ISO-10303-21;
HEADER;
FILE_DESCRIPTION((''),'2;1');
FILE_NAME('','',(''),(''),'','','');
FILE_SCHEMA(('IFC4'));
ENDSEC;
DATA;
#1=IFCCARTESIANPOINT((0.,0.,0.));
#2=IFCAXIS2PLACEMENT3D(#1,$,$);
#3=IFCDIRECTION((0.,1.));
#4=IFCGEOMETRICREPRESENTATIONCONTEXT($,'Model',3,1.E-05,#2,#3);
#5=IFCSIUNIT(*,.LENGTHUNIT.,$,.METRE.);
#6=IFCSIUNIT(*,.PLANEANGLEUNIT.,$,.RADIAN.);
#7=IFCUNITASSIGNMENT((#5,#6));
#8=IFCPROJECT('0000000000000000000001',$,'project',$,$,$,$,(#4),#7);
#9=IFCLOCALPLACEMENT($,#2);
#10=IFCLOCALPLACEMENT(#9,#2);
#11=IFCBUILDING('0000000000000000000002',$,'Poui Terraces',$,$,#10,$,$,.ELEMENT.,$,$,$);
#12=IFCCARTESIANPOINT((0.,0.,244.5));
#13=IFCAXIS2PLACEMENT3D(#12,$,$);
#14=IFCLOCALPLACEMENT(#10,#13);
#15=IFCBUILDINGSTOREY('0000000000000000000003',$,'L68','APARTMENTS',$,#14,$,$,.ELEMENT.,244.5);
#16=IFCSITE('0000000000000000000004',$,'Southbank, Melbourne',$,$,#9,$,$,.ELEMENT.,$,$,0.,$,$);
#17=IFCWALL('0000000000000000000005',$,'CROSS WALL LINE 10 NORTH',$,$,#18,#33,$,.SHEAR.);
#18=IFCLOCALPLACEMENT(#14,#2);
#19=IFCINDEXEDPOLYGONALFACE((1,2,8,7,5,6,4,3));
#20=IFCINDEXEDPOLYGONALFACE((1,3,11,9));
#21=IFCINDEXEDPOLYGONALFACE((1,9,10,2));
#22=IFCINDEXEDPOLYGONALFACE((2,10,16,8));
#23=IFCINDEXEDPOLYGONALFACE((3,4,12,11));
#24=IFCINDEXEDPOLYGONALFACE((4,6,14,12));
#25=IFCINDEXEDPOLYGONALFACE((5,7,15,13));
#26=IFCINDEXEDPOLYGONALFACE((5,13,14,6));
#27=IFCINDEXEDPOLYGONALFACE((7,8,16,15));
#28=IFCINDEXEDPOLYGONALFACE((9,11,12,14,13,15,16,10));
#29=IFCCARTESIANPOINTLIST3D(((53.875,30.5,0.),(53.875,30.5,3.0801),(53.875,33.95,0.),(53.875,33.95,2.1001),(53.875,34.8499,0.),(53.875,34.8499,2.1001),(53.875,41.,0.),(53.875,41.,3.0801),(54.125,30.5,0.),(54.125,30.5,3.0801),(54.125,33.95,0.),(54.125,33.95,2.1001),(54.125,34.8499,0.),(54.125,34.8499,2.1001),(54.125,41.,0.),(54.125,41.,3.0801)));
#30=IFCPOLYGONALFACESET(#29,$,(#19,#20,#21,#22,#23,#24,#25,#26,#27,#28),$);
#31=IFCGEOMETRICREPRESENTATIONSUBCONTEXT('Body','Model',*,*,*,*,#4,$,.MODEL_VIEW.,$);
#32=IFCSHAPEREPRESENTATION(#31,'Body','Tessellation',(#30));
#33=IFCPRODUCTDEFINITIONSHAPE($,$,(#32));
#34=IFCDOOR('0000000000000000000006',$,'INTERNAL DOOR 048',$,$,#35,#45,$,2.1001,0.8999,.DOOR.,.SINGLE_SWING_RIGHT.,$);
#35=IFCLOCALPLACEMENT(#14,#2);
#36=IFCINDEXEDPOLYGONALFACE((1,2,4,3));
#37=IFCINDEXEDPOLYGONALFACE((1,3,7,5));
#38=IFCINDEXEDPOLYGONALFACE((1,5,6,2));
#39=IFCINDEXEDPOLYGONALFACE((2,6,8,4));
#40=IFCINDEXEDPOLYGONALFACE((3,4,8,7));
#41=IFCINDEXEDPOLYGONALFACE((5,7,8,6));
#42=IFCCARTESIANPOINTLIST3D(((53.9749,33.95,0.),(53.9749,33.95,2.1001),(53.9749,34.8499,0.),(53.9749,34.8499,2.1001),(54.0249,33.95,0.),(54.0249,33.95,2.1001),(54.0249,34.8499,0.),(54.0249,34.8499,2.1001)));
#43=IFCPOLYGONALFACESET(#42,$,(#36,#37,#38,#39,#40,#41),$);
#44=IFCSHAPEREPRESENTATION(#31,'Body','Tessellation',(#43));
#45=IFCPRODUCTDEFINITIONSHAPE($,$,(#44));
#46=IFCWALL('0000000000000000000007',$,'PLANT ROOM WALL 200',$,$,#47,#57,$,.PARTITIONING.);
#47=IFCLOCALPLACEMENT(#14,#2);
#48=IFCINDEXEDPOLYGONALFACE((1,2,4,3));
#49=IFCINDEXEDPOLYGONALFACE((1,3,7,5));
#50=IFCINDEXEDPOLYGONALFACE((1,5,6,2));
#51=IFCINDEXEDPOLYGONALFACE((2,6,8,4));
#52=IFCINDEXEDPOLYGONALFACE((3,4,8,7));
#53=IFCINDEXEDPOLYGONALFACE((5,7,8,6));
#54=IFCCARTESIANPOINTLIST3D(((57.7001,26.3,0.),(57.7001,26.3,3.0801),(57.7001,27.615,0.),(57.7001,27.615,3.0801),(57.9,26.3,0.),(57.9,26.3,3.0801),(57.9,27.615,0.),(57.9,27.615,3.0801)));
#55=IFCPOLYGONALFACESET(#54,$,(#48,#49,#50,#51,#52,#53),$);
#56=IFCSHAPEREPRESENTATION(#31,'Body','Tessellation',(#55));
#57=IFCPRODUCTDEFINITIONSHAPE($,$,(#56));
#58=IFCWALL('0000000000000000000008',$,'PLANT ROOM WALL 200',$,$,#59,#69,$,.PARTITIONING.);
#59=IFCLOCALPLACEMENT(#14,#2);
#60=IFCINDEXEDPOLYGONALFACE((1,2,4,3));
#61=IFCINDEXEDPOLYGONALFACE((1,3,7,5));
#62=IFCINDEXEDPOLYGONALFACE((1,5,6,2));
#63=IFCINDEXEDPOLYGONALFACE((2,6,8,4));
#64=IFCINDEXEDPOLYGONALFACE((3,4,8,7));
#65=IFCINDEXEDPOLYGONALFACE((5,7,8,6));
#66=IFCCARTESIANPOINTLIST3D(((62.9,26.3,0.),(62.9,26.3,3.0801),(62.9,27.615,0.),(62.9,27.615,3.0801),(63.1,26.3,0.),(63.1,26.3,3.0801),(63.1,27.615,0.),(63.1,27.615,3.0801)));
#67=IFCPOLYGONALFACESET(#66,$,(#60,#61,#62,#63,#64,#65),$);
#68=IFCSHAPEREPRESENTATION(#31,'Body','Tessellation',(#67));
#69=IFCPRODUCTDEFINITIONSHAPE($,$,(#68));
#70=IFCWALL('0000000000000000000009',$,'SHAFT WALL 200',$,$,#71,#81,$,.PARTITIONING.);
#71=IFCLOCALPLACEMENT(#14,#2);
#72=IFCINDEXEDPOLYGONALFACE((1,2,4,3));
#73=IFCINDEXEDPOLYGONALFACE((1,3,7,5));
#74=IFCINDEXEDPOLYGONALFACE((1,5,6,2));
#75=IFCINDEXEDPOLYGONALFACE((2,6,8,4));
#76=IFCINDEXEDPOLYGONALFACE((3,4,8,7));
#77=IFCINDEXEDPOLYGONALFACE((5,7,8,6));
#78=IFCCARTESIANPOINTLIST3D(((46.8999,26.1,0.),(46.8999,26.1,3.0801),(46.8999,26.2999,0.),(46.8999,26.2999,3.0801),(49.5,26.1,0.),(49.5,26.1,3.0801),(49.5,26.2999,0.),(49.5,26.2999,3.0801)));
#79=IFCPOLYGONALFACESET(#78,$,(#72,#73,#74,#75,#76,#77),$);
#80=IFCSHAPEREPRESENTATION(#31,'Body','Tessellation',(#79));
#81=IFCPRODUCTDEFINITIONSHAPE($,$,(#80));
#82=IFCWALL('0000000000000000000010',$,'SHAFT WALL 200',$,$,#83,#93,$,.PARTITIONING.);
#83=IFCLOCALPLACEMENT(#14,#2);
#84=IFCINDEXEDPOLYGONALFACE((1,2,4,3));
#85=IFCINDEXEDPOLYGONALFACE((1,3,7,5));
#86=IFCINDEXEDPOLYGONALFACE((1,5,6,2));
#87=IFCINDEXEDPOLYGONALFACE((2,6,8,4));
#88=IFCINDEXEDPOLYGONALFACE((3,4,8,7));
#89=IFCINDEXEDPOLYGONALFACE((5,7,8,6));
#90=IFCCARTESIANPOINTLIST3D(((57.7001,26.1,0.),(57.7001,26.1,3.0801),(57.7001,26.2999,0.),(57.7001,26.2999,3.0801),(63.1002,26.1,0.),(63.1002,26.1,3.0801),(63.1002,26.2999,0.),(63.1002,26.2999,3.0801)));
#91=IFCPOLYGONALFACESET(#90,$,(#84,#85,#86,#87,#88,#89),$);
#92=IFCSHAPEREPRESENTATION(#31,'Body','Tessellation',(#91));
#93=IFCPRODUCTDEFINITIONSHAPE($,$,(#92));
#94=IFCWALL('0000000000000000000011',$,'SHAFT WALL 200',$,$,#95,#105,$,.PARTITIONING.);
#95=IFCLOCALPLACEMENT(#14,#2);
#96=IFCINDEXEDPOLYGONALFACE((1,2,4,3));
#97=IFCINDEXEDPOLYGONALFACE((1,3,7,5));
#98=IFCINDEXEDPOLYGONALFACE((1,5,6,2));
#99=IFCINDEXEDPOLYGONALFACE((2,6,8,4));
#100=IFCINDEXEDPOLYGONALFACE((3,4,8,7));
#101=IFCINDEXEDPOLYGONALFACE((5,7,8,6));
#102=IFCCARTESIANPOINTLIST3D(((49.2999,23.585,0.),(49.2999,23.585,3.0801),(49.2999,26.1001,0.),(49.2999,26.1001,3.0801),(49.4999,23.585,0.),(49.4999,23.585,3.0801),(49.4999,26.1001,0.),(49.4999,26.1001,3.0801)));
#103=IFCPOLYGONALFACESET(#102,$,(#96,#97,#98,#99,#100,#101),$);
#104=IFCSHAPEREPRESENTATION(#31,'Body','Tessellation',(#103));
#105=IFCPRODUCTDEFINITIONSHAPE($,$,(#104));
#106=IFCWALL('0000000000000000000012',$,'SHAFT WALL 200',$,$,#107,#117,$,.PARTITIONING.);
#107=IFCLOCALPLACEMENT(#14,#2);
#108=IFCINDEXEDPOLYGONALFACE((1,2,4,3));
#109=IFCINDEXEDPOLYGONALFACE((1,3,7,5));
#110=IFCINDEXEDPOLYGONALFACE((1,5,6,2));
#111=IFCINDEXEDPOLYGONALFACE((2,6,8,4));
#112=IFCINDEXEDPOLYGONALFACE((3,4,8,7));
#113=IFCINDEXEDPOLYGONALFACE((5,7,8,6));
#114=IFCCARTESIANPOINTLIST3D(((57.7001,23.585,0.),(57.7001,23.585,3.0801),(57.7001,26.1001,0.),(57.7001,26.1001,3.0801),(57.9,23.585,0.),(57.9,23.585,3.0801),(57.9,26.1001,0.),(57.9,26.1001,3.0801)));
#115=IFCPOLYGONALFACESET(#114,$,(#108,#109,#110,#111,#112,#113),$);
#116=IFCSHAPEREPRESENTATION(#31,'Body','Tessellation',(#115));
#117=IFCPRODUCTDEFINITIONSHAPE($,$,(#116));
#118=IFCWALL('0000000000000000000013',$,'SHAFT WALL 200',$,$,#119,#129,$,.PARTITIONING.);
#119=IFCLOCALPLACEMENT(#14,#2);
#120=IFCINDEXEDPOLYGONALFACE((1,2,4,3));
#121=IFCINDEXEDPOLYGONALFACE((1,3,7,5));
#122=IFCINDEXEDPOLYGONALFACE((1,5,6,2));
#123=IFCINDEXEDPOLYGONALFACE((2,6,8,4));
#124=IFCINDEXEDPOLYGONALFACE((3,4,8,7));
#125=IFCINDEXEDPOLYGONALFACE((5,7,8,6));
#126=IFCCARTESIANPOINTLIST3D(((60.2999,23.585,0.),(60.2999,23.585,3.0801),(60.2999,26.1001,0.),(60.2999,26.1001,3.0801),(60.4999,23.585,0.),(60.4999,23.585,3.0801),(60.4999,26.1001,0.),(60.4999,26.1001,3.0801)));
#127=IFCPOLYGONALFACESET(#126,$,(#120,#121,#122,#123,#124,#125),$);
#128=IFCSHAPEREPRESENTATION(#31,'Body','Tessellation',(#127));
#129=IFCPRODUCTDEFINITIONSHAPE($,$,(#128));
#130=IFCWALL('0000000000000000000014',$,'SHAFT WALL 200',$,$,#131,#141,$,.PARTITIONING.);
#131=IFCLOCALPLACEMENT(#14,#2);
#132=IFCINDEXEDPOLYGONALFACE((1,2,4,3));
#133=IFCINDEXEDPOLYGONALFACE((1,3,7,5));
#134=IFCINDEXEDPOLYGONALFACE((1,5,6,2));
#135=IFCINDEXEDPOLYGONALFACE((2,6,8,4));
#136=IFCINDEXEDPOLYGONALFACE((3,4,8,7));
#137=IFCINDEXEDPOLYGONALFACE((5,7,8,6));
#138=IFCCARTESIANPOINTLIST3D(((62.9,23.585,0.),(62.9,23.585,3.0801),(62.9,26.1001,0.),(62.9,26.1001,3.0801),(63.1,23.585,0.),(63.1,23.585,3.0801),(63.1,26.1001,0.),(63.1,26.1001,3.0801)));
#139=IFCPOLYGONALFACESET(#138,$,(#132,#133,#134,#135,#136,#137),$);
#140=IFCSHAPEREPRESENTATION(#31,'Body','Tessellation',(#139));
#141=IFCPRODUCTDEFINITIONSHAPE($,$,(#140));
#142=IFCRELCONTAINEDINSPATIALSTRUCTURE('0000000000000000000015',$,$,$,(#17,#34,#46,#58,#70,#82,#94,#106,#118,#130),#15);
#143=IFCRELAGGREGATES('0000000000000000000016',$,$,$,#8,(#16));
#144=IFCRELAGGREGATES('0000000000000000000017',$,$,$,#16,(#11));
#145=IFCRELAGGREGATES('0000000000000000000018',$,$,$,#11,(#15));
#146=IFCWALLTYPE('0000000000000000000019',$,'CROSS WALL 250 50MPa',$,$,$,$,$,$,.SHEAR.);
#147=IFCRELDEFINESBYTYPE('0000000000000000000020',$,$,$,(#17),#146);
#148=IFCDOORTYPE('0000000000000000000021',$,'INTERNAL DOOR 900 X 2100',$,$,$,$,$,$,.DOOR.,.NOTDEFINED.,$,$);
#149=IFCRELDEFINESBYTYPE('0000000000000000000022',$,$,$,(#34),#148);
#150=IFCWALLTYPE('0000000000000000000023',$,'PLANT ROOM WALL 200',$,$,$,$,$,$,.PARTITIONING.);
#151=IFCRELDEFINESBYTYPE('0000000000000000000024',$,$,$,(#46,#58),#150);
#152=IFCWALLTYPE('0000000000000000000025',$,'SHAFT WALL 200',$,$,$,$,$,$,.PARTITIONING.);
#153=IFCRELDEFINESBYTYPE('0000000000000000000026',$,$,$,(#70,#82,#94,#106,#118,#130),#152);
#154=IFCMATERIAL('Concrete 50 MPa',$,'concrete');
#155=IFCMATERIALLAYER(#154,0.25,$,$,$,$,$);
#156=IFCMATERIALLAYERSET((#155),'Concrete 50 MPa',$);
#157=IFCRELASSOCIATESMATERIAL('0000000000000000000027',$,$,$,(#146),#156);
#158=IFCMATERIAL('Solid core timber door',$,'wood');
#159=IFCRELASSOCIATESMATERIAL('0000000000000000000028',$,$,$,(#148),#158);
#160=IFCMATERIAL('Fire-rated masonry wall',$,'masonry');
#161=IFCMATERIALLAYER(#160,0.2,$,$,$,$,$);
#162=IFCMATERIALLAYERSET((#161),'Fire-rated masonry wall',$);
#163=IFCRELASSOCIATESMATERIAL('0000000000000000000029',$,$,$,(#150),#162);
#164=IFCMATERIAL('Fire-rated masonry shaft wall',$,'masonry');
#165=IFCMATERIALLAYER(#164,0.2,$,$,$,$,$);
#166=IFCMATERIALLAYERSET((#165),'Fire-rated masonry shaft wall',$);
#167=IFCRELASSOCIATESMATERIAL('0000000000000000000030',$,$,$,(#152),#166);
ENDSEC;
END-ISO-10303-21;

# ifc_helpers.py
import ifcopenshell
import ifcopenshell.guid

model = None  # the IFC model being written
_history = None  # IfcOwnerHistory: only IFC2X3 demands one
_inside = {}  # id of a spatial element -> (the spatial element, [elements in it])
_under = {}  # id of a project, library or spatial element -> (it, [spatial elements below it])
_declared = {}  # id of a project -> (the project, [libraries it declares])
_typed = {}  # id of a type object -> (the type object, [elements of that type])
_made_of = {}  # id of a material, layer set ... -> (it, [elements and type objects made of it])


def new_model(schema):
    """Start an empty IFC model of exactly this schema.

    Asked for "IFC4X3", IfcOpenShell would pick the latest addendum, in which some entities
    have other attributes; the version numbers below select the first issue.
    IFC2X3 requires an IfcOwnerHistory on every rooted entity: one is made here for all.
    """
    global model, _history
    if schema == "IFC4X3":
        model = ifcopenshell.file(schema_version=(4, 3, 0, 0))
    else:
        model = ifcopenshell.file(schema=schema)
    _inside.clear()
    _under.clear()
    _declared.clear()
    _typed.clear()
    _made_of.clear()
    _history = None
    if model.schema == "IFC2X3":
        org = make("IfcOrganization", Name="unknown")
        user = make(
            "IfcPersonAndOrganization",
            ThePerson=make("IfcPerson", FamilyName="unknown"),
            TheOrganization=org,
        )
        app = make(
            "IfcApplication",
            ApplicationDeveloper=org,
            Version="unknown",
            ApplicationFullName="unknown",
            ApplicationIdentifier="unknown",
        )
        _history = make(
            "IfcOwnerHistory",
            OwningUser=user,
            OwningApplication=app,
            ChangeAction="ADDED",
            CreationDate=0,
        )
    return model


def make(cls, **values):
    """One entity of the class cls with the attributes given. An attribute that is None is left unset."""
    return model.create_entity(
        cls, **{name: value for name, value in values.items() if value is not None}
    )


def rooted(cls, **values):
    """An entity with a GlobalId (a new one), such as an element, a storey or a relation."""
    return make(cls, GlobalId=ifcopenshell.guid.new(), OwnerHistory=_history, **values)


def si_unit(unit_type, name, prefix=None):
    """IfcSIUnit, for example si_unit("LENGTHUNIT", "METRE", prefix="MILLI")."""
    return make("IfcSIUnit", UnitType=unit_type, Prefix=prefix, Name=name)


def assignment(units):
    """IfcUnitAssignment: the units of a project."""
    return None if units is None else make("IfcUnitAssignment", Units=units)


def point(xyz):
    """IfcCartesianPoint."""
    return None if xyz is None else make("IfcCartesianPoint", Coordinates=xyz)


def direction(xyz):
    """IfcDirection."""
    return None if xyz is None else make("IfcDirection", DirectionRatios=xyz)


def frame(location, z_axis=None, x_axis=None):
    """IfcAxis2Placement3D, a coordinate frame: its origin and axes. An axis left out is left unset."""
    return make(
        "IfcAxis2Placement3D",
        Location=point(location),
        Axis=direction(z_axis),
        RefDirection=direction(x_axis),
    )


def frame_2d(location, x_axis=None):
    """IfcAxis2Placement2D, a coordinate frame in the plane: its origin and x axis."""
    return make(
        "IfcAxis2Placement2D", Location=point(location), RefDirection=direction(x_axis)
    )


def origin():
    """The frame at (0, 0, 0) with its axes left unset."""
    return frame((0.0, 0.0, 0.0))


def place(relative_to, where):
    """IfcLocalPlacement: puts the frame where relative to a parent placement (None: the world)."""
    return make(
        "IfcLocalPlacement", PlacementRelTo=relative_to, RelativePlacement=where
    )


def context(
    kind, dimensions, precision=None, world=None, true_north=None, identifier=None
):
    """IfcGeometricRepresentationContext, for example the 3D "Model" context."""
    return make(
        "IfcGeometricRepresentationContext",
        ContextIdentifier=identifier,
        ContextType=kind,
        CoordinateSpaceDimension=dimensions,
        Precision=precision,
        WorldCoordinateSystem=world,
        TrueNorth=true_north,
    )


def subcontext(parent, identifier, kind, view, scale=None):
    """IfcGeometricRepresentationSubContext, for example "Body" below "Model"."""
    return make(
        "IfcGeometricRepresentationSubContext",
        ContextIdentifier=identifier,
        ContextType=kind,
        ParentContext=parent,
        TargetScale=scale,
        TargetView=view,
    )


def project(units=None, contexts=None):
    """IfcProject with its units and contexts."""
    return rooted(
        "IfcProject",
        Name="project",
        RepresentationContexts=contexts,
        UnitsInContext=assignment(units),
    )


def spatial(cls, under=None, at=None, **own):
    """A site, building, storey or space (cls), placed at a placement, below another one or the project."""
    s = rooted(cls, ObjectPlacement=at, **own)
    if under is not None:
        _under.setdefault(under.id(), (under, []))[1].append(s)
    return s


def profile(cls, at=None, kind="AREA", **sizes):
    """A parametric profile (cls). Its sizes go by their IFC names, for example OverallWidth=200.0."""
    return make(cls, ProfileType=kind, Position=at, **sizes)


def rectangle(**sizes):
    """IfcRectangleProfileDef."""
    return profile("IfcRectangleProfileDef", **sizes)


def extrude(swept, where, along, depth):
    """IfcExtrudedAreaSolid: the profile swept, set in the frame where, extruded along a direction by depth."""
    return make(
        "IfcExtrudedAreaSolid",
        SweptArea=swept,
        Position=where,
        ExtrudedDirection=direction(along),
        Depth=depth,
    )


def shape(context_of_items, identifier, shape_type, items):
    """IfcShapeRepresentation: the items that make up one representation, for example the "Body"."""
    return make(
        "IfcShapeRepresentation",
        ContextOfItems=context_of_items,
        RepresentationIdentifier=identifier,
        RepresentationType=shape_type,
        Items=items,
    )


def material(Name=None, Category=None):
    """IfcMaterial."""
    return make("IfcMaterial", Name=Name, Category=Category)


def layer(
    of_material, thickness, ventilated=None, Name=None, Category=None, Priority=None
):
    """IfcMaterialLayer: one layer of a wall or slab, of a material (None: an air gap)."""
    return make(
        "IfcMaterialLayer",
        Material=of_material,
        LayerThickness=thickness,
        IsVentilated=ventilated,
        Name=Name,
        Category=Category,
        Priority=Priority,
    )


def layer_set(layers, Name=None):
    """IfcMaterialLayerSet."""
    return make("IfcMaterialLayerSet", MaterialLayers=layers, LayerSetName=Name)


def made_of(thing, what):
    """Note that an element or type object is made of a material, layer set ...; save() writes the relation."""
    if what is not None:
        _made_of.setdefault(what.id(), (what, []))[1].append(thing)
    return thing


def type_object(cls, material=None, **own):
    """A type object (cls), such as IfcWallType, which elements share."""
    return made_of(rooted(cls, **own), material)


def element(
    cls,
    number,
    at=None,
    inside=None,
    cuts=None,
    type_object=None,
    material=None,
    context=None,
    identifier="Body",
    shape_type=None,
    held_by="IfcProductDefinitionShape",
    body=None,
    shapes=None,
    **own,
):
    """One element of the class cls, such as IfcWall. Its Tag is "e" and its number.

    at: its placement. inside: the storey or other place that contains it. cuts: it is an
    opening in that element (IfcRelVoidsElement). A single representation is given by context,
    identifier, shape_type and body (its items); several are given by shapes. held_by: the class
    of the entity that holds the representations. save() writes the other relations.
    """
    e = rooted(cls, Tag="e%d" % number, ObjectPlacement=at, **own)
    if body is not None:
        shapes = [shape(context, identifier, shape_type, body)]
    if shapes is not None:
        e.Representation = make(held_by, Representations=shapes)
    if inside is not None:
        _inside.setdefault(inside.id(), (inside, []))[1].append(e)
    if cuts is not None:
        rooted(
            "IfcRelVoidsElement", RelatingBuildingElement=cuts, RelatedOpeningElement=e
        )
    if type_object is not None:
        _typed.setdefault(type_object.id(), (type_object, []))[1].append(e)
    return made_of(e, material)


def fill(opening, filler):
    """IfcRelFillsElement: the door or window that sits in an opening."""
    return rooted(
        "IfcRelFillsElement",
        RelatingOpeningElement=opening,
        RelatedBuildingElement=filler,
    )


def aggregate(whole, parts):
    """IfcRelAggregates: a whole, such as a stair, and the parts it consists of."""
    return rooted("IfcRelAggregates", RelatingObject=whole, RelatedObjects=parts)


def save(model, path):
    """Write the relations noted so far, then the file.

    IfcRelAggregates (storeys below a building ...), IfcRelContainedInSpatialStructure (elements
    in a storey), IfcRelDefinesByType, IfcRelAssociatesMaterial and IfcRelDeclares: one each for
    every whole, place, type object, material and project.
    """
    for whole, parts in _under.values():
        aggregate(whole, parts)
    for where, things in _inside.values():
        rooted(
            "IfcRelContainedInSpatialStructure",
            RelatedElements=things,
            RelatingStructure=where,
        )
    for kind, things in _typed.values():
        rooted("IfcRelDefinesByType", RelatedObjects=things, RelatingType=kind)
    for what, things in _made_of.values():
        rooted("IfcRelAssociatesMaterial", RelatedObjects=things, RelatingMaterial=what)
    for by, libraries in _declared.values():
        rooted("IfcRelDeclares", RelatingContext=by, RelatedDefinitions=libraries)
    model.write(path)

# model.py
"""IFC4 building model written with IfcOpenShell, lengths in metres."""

from ifc_helpers import new_model, si_unit, direction, frame, frame_2d, origin, place, context, subcontext, project, spatial, rectangle, extrude, material, layer, layer_set, type_object, element, fill, save


model = new_model("IFC4")

# Units and contexts
model_context = context("Model", 3, precision=1e-05, world=origin(), true_north=direction((0.0, 1.0)))
body_context = subcontext(model_context, "Body", "Model", "MODEL_VIEW")
ifc_project = project(units=[si_unit("LENGTHUNIT", "METRE"), si_unit("PLANEANGLEUNIT", "RADIAN")], contexts=[model_context])

# Site, building, storey
site_placement = place(None, origin())
site = spatial("IfcSite", under=ifc_project, at=site_placement, Name="Southbank, Melbourne", CompositionType="ELEMENT", RefElevation=0.0)
building_placement = place(site_placement, origin())
building = spatial("IfcBuilding", under=site, at=building_placement, Name="Poui Terraces", CompositionType="ELEMENT")
storey_placement = place(building_placement, frame((0.0, 0.0, 244.5)))
storey = spatial("IfcBuildingStorey", under=building, at=storey_placement, Name="L68", Description="APARTMENTS", CompositionType="ELEMENT", Elevation=244.5)

# Shared definitions
ifc_material_1 = material(Name="Concrete 50 MPa", Category="concrete")

# Wall, opening, door
ifc_layer_1 = layer(ifc_material_1, 0.25)
ifc_layer_set_1 = layer_set([ifc_layer_1], Name="Concrete 50 MPa")
wall_type_1 = type_object("IfcWallType", Name="CROSS WALL 250 50MPa", PredefinedType="SHEAR", material=ifc_layer_set_1)
ifc_material_2 = material(Name="Solid core timber door", Category="wood")
door_type_1 = type_object("IfcDoorType", Name="INTERNAL DOOR 900 X 2100", OperationType="NOTDEFINED", PredefinedType="DOOR", material=ifc_material_2)
wall_1_placement = place(storey_placement, frame((54.0, 30.5, 0.0), z_axis=(0.0, 0.0, 1.0), x_axis=(0.0, 1.0, 0.0)))
wall_1 = element("IfcWall", 1, at=wall_1_placement, inside=storey, type_object=wall_type_1, Name="CROSS WALL LINE 10 NORTH", PredefinedType="SHEAR", context=body_context, shape_type="SweptSolid", body=[
    extrude(rectangle(XDim=10.5, YDim=0.25, at=frame_2d((5.25, 0.0))), origin(), (0.0, 0.0, 1.0), 3.0801),
])
opening_1_placement = place(wall_1_placement, frame((3.45, 0.0, 0.0)))
opening_1 = element("IfcOpeningElement", 2, at=opening_1_placement, cuts=wall_1, PredefinedType="OPENING", context=body_context, shape_type="SweptSolid", body=[
    extrude(rectangle(XDim=0.8999, YDim=2.1001, at=frame_2d((0.45, 1.05))), frame((0.0, 0.135, 0.0), z_axis=(0.0, -1.0, 0.0), x_axis=(1.0, 0.0, 0.0)), (0.0, 0.0, 1.0), 0.27),
])
door_1_placement = place(opening_1_placement, frame((0.8999, 0.0, 0.0), z_axis=(0.0, 0.0, 1.0), x_axis=(-1.0, 0.0, 0.0)))
door_1 = element("IfcDoor", 3, at=door_1_placement, inside=storey, type_object=door_type_1, Name="INTERNAL DOOR 048", OperationType="SINGLE_SWING_RIGHT", OverallHeight=2.1001, OverallWidth=0.8999, PredefinedType="DOOR", context=body_context, shape_type="SweptSolid", body=[
    extrude(rectangle(XDim=0.8999, YDim=2.1001, at=frame_2d((0.45, 1.05))), frame((0.0, 0.0249, 0.0), z_axis=(0.0, -1.0, 0.0), x_axis=(1.0, 0.0, 0.0)), (0.0, 0.0, 1.0), 0.05),
])
fill(opening_1, door_1)

# Walls
ifc_material_3 = material(Name="Fire-rated masonry wall", Category="masonry")
ifc_layer_2 = layer(ifc_material_3, 0.2)
ifc_layer_set_2 = layer_set([ifc_layer_2], Name="Fire-rated masonry wall")
wall_type_2 = type_object("IfcWallType", Name="PLANT ROOM WALL 200", PredefinedType="PARTITIONING", material=ifc_layer_set_2)
for number, where, z_axis, x_axis, name in (
    (4, (57.8, 26.3, 0.0), (0.0, 0.0, 1.0), (0.0, 1.0, 0.0), "PLANT ROOM WALL 200"),
    (5, (63.0, 26.3, 0.0), (0.0, 0.0, 1.0), (0.0, 1.0, 0.0), "PLANT ROOM WALL 200"),
):
    element("IfcWall", number, at=place(storey_placement, frame(where, z_axis=z_axis, x_axis=x_axis)), inside=storey, type_object=wall_type_2, Name=name, PredefinedType="PARTITIONING", context=body_context, shape_type="SweptSolid", body=[
        extrude(rectangle(XDim=1.3149, YDim=0.2, at=frame_2d((0.6575, 0.0))), origin(), (0.0, 0.0, 1.0), 3.0801),
    ])
ifc_material_4 = material(Name="Fire-rated masonry shaft wall", Category="masonry")
ifc_layer_3 = layer(ifc_material_4, 0.2)
ifc_layer_set_3 = layer_set([ifc_layer_3], Name="Fire-rated masonry shaft wall")
wall_type_3 = type_object("IfcWallType", Name="SHAFT WALL 200", PredefinedType="PARTITIONING", material=ifc_layer_set_3)
wall_2_placement = place(storey_placement, frame((46.8999, 26.2, 0.0), z_axis=(0.0, 0.0, 1.0), x_axis=(1.0, 0.0, 0.0)))
element("IfcWall", 6, at=wall_2_placement, inside=storey, type_object=wall_type_3, Name="SHAFT WALL 200", PredefinedType="PARTITIONING", context=body_context, shape_type="SweptSolid", body=[
    extrude(rectangle(XDim=2.6001, YDim=0.2, at=frame_2d((1.3, 0.0))), origin(), (0.0, 0.0, 1.0), 3.0801),
])
wall_3_placement = place(storey_placement, frame((57.7, 26.2, 0.0), z_axis=(0.0, 0.0, 1.0), x_axis=(1.0, 0.0, 0.0)))
element("IfcWall", 7, at=wall_3_placement, inside=storey, type_object=wall_type_3, Name="SHAFT WALL 200", PredefinedType="PARTITIONING", context=body_context, shape_type="SweptSolid", body=[
    extrude(rectangle(XDim=5.4001, YDim=0.2, at=frame_2d((2.7002, 0.0))), origin(), (0.0, 0.0, 1.0), 3.0801),
])
for number, where, z_axis, x_axis, name in (
    (8, (49.3999, 23.585, 0.0), (0.0, 0.0, 1.0), (0.0, 1.0, 0.0), "SHAFT WALL 200"),
    (9, (57.8, 23.585, 0.0), (0.0, 0.0, 1.0), (0.0, 1.0, 0.0), "SHAFT WALL 200"),
    (10, (60.3999, 23.585, 0.0), (0.0, 0.0, 1.0), (0.0, 1.0, 0.0), "SHAFT WALL 200"),
    (11, (63.0, 23.585, 0.0), (0.0, 0.0, 1.0), (0.0, 1.0, 0.0), "SHAFT WALL 200"),
):
    element("IfcWall", number, at=place(storey_placement, frame(where, z_axis=z_axis, x_axis=x_axis)), inside=storey, type_object=wall_type_3, Name=name, PredefinedType="PARTITIONING", context=body_context, shape_type="SweptSolid", body=[
        extrude(rectangle(XDim=2.5151, YDim=0.2, at=frame_2d((1.2576, 0.0))), origin(), (0.0, 0.0, 1.0), 3.0801),
    ])

save(model, "model.ifc")
